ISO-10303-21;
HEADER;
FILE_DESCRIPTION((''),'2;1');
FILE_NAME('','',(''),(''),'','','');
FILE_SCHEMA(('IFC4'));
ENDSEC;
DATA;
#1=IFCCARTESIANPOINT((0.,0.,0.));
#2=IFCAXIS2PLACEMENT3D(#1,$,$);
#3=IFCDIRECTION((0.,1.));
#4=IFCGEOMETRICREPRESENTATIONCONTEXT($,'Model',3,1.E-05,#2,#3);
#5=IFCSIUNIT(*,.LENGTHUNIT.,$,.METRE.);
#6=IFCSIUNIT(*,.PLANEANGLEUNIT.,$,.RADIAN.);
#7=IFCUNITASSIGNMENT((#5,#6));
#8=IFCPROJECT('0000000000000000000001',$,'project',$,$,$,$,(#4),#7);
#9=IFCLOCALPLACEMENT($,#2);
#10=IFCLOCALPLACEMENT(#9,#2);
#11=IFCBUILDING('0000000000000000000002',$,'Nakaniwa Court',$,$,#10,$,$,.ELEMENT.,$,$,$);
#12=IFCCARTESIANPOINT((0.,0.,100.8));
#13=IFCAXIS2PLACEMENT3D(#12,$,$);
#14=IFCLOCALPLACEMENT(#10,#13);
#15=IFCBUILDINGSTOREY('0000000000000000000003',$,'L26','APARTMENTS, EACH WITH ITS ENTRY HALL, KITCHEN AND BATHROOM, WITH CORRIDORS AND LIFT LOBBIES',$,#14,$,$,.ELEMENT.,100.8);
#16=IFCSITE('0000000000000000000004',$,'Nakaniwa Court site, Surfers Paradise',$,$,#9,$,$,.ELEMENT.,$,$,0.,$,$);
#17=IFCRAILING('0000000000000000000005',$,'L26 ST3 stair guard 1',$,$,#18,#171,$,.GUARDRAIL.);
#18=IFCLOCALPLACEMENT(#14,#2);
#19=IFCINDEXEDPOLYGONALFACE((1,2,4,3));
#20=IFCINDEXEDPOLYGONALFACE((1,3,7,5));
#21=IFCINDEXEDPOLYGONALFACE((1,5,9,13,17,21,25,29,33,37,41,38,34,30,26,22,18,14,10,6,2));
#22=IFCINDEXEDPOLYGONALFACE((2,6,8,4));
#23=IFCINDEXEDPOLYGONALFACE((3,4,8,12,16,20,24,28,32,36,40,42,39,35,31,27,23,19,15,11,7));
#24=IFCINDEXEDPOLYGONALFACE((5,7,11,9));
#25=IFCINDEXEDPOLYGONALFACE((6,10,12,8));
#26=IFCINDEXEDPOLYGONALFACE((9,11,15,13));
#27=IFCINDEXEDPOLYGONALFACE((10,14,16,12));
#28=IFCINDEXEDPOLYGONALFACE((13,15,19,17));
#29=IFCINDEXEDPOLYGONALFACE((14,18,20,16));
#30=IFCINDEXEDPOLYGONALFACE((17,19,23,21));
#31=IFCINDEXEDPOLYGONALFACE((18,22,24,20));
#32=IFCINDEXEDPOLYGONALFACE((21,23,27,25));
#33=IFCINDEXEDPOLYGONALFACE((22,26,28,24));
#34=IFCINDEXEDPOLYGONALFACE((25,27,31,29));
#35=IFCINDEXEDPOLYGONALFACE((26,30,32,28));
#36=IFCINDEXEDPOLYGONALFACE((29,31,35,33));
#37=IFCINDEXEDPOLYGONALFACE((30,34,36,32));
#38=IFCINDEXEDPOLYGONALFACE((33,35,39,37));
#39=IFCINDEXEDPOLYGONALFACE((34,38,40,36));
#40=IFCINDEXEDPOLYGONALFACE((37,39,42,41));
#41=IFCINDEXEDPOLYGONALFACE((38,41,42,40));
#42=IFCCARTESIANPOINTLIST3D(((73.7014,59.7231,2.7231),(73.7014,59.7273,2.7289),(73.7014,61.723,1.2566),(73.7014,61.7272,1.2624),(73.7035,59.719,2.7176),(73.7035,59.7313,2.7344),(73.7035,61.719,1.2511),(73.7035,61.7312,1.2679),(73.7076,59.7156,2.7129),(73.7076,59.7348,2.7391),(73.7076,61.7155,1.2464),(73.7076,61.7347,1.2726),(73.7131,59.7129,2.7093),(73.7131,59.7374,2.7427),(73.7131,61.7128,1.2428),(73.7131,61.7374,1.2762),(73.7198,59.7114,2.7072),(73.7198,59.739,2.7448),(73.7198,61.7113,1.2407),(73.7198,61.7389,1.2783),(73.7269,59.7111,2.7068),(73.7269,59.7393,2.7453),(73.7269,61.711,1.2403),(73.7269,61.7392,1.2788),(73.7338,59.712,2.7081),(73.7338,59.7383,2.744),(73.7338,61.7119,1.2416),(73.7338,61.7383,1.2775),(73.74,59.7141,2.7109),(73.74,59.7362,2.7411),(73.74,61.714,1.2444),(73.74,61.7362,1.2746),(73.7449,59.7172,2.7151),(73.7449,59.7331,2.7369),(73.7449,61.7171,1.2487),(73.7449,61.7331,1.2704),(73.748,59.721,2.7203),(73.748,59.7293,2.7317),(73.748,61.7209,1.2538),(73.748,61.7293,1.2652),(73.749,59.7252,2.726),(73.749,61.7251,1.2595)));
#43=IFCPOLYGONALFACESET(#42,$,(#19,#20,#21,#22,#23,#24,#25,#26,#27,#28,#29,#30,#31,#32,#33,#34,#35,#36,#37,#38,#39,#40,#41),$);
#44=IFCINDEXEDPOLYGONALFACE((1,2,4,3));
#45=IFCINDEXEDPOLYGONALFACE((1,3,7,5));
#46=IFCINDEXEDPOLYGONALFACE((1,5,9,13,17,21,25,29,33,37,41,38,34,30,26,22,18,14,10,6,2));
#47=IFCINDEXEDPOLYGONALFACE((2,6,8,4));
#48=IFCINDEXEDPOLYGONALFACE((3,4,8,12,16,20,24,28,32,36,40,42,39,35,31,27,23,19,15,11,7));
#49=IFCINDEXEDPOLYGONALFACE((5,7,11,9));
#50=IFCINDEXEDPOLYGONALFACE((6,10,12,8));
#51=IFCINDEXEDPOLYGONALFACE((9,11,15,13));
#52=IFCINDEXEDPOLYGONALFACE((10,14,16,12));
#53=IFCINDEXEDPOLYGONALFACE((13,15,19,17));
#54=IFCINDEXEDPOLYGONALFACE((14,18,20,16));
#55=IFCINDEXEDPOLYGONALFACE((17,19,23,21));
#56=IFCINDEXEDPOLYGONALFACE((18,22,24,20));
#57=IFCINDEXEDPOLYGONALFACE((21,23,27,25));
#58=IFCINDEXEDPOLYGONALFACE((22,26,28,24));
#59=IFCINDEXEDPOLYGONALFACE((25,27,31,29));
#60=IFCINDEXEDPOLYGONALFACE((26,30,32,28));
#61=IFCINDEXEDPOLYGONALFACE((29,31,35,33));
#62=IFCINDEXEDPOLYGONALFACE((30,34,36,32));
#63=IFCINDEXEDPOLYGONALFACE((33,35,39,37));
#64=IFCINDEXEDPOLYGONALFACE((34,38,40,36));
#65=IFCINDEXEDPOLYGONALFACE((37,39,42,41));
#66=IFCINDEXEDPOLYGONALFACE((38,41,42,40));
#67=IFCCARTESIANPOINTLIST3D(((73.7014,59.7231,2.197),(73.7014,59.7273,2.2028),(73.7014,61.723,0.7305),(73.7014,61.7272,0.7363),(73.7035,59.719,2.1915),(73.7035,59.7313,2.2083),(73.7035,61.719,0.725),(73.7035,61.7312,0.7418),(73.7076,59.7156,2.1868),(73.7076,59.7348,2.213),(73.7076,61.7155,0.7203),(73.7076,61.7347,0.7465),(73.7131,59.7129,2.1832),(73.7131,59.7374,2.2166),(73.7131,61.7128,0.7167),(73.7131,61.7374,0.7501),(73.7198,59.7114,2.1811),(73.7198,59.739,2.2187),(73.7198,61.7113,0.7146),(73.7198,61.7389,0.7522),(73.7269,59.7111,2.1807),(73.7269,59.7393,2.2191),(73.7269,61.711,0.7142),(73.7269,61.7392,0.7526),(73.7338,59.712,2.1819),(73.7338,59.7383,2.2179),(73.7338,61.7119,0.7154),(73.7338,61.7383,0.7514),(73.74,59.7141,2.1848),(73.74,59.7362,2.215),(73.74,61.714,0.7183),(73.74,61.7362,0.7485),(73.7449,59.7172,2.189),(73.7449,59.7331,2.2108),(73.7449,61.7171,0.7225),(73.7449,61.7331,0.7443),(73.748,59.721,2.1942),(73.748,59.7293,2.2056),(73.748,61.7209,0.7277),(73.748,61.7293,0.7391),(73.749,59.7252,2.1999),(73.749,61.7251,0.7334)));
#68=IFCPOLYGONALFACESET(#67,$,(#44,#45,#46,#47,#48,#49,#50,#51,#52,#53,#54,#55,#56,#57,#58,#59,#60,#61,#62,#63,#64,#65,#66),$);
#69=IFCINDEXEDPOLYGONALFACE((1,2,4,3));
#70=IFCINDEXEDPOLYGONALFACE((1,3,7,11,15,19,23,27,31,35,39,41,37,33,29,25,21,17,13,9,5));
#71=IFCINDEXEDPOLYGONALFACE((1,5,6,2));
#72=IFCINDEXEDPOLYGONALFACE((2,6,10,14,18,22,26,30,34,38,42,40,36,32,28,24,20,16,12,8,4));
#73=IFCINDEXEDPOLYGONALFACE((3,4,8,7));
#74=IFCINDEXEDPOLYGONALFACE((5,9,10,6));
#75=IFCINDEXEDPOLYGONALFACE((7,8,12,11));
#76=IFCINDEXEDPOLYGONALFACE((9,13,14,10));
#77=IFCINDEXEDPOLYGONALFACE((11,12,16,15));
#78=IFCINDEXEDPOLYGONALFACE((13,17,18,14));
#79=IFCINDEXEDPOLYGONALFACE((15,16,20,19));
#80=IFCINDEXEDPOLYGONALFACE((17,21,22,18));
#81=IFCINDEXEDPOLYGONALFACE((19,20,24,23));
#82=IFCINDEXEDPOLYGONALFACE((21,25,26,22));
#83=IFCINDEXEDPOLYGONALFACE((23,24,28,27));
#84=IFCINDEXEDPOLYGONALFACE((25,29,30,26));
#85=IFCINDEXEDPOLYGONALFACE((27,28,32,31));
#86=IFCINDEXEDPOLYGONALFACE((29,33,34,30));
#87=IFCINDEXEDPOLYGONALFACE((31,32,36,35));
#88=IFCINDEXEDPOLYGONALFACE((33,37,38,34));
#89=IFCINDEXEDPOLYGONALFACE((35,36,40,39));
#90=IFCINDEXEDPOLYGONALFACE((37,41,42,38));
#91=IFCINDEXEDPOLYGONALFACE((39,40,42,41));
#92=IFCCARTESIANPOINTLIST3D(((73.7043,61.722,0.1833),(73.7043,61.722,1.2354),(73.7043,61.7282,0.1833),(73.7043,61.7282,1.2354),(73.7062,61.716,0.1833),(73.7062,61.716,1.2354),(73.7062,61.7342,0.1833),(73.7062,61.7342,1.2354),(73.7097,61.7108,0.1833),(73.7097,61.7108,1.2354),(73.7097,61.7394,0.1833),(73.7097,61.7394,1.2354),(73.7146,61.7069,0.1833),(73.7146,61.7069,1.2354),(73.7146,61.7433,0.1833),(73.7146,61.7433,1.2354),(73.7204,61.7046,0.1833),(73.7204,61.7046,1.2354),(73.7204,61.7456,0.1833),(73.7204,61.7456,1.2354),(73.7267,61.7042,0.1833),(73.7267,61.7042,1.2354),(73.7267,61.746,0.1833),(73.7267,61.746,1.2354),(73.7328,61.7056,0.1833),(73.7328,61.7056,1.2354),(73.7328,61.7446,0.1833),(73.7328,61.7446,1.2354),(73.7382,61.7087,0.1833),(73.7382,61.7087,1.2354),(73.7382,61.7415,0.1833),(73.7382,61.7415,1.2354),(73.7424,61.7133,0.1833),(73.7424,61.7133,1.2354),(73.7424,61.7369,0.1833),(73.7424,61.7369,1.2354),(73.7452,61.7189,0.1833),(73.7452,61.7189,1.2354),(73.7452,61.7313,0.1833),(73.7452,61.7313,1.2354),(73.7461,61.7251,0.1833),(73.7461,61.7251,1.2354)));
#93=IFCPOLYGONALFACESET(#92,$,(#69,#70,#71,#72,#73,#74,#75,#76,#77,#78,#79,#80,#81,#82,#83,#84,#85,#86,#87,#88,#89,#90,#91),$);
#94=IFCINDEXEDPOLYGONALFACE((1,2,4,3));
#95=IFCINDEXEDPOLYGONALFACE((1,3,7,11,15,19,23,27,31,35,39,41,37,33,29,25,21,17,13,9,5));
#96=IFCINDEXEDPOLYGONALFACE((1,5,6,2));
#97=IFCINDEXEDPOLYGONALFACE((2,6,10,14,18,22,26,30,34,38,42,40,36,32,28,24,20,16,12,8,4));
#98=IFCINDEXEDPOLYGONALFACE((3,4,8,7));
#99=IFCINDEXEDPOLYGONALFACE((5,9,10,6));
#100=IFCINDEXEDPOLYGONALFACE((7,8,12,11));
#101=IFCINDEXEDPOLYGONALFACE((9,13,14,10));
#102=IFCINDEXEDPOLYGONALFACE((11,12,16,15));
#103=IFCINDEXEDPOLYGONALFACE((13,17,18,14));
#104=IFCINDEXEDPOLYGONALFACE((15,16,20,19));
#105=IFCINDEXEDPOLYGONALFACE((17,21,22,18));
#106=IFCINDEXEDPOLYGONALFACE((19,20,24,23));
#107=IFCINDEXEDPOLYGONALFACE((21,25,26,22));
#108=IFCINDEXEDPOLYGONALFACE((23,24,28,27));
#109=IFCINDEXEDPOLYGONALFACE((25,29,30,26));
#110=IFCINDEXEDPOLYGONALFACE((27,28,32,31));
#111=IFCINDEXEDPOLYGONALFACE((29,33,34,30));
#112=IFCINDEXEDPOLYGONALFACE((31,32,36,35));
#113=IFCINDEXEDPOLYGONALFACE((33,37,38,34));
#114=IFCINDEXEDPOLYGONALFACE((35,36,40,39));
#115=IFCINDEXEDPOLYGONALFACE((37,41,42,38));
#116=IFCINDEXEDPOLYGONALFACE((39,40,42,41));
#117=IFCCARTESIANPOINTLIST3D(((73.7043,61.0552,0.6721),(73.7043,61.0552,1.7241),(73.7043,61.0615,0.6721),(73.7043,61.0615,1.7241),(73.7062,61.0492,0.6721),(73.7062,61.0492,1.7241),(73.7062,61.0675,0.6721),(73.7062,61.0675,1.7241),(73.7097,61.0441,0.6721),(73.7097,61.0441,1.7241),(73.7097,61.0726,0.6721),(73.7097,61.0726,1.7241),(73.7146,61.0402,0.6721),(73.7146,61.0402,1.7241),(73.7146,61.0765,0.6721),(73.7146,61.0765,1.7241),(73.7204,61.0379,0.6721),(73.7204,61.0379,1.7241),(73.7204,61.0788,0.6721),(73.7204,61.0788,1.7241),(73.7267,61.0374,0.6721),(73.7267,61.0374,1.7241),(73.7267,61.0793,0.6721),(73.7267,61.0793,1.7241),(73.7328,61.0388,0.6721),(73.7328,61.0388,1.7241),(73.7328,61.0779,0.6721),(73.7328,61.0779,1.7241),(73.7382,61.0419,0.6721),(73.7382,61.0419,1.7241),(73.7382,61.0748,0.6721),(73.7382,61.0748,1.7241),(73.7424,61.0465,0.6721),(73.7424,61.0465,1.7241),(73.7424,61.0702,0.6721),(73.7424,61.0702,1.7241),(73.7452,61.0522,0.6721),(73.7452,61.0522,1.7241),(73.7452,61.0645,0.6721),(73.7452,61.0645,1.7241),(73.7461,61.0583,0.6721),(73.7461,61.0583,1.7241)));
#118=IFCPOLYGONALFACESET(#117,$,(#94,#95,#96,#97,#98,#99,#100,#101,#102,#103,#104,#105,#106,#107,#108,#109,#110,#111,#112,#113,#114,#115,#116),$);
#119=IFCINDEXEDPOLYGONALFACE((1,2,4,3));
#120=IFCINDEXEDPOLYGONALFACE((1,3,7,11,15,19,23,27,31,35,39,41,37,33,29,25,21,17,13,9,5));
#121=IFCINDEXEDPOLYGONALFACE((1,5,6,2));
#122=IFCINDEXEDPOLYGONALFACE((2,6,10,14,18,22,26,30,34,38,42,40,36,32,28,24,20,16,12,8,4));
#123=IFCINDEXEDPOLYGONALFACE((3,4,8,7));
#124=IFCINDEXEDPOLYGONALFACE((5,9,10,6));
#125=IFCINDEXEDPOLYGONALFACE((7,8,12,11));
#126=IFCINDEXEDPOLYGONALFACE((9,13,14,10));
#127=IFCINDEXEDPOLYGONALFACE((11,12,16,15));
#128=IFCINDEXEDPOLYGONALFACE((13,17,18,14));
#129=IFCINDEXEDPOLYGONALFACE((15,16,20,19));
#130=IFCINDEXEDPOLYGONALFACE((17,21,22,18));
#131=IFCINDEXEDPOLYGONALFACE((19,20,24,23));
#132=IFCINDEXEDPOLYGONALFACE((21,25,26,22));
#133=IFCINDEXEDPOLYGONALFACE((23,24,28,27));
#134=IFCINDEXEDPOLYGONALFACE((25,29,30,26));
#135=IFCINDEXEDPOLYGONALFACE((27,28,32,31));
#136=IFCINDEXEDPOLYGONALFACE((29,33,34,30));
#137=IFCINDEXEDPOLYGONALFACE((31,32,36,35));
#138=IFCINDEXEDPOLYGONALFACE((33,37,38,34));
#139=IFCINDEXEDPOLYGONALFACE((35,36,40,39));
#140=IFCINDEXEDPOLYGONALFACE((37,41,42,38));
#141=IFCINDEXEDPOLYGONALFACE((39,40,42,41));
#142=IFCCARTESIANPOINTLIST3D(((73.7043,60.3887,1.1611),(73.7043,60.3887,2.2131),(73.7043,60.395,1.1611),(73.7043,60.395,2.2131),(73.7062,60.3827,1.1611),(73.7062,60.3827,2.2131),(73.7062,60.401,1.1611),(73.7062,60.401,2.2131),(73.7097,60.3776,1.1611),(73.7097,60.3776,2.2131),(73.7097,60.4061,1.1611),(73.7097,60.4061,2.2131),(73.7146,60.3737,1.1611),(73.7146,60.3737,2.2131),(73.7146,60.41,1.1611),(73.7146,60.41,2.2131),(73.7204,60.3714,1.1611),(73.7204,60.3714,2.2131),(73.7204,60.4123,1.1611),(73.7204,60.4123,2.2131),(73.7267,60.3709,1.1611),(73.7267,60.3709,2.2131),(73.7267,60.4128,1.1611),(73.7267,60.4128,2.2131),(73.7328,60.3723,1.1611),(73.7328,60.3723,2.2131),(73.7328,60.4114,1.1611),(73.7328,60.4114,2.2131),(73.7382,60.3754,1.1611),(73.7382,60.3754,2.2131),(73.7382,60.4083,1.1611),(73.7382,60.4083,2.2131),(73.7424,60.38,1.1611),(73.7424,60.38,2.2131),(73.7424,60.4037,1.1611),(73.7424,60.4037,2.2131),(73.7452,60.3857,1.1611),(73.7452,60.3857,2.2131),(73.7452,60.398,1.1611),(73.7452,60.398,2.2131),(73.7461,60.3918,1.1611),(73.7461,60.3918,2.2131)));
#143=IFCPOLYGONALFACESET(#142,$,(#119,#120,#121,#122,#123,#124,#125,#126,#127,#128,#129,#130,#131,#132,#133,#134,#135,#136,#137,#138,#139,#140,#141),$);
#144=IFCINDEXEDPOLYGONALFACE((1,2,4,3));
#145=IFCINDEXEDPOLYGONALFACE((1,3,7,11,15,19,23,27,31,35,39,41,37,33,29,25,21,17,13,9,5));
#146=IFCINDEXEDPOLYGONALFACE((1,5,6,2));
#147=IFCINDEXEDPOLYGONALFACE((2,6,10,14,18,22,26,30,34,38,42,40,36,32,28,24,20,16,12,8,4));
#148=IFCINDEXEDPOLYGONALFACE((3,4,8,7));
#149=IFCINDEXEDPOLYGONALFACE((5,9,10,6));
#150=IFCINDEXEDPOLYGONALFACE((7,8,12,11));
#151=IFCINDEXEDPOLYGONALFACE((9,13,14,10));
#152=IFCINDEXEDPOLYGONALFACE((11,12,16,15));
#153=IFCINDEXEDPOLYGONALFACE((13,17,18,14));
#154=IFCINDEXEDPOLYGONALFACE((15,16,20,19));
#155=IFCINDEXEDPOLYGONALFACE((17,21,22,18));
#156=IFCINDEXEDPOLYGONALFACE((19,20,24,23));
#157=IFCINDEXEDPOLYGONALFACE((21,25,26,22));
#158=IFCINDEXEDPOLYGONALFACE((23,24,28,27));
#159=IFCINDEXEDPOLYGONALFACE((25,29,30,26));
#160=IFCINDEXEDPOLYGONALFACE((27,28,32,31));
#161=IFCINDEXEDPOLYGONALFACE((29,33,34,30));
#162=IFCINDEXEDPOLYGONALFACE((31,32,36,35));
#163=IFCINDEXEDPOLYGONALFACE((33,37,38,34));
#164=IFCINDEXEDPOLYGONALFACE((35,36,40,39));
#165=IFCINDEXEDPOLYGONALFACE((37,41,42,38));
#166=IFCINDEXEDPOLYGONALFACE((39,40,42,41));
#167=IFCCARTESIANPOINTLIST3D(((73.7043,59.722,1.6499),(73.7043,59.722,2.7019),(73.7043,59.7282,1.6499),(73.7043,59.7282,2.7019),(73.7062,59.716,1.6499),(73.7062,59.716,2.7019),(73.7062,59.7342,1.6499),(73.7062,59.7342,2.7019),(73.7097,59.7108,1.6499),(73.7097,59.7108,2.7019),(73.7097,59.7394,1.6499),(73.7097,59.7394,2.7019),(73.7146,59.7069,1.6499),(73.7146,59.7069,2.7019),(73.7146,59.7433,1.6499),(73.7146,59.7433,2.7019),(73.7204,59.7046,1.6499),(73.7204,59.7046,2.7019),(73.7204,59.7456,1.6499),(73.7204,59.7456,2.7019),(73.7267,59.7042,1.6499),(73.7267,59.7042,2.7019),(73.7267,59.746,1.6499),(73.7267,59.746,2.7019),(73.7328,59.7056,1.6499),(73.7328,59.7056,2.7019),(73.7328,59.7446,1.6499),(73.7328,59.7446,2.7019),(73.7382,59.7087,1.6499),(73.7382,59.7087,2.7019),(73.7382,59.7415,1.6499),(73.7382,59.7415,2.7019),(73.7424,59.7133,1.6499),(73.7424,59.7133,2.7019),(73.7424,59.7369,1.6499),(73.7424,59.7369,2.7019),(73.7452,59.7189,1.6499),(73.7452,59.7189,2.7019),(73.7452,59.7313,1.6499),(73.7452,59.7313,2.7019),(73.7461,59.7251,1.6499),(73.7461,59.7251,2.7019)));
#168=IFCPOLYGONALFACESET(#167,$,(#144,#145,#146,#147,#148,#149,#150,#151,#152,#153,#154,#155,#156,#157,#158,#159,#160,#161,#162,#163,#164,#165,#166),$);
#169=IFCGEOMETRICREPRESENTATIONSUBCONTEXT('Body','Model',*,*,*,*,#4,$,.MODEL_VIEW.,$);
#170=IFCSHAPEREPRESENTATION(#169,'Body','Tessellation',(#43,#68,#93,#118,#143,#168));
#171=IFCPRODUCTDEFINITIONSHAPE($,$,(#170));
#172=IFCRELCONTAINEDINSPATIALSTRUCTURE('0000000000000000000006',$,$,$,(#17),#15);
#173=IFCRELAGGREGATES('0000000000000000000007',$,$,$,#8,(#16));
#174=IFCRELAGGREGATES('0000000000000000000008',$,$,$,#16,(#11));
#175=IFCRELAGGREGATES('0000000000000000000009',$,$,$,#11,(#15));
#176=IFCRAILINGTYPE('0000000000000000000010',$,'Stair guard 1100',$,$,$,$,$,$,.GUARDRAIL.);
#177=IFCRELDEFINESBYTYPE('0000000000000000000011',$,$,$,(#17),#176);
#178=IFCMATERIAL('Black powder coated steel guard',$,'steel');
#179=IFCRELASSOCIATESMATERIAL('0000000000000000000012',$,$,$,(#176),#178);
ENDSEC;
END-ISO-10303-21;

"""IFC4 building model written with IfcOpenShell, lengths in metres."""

from ifc_helpers import new_model, si_unit, direction, frame, origin, origin_2d, place, context, subcontext, project, spatial, circle, extrude, material, type_object, element, save


model = new_model("IFC4")

# Units and contexts
model_context = context("Model", 3, precision=1e-05, world=origin(), true_north=direction((0.0, 1.0)))
body_context = subcontext(model_context, "Body", "Model", "MODEL_VIEW")
ifc_project = project(units=[si_unit("LENGTHUNIT", "METRE"), si_unit("PLANEANGLEUNIT", "RADIAN")], contexts=[model_context])

# Site, building, storey
site_placement = place(None, origin())
site = spatial("IfcSite", under=ifc_project, at=site_placement, Name="Nakaniwa Court site, Surfers Paradise", CompositionType="ELEMENT", RefElevation=0.0)
building_placement = place(site_placement, origin())
building = spatial("IfcBuilding", under=site, at=building_placement, Name="Nakaniwa Court", CompositionType="ELEMENT")
storey_placement = place(building_placement, frame((0.0, 0.0, 100.8)))
storey = spatial("IfcBuildingStorey", under=building, at=storey_placement, Name="L26", Description="APARTMENTS, EACH WITH ITS ENTRY HALL, KITCHEN AND BATHROOM, WITH CORRIDORS AND LIFT LOBBIES", CompositionType="ELEMENT", Elevation=100.8)

# Railing
ifc_material_1 = material(Name="Black powder coated steel guard", Category="steel")
railing_type_1 = type_object("IfcRailingType", Name="Stair guard 1100", PredefinedType="GUARDRAIL", material=ifc_material_1)
railing_1_placement = place(storey_placement, frame((73.7251, 61.7251, 0.1833)))
element("IfcRailing", 1, at=railing_1_placement, inside=storey, type_object=railing_type_1, Name="L26 ST3 stair guard 1", PredefinedType="GUARDRAIL", context=body_context, shape_type="SweptSolid", body=[
    extrude(circle(Radius=0.0239, at=origin_2d()), frame((0.0, 0.0, 1.0762), z_axis=(0.0, -0.806427, 0.591334), x_axis=(1.0, 0.0, 0.0)), (0.0, 0.0, 1.0), 2.48),
    extrude(circle(Radius=0.0239, at=origin_2d()), frame((0.0, 0.0, 0.55), z_axis=(0.0, -0.806427, 0.591334), x_axis=(1.0, 0.0, 0.0)), (0.0, 0.0, 1.0), 2.48),
    extrude(circle(Radius=0.021, at=origin_2d()), origin(), (0.0, 0.0, 1.0), 1.052),
    extrude(circle(Radius=0.021, at=origin_2d()), frame((0.0, -0.6667, 0.4888)), (0.0, 0.0, 1.0), 1.052),
    extrude(circle(Radius=0.021, at=origin_2d()), frame((0.0, -1.3333, 0.9778)), (0.0, 0.0, 1.0), 1.052),
    extrude(circle(Radius=0.021, at=origin_2d()), frame((0.0, -2.0, 1.4666)), (0.0, 0.0, 1.0), 1.052),
])

save(model, "model.ifc")
